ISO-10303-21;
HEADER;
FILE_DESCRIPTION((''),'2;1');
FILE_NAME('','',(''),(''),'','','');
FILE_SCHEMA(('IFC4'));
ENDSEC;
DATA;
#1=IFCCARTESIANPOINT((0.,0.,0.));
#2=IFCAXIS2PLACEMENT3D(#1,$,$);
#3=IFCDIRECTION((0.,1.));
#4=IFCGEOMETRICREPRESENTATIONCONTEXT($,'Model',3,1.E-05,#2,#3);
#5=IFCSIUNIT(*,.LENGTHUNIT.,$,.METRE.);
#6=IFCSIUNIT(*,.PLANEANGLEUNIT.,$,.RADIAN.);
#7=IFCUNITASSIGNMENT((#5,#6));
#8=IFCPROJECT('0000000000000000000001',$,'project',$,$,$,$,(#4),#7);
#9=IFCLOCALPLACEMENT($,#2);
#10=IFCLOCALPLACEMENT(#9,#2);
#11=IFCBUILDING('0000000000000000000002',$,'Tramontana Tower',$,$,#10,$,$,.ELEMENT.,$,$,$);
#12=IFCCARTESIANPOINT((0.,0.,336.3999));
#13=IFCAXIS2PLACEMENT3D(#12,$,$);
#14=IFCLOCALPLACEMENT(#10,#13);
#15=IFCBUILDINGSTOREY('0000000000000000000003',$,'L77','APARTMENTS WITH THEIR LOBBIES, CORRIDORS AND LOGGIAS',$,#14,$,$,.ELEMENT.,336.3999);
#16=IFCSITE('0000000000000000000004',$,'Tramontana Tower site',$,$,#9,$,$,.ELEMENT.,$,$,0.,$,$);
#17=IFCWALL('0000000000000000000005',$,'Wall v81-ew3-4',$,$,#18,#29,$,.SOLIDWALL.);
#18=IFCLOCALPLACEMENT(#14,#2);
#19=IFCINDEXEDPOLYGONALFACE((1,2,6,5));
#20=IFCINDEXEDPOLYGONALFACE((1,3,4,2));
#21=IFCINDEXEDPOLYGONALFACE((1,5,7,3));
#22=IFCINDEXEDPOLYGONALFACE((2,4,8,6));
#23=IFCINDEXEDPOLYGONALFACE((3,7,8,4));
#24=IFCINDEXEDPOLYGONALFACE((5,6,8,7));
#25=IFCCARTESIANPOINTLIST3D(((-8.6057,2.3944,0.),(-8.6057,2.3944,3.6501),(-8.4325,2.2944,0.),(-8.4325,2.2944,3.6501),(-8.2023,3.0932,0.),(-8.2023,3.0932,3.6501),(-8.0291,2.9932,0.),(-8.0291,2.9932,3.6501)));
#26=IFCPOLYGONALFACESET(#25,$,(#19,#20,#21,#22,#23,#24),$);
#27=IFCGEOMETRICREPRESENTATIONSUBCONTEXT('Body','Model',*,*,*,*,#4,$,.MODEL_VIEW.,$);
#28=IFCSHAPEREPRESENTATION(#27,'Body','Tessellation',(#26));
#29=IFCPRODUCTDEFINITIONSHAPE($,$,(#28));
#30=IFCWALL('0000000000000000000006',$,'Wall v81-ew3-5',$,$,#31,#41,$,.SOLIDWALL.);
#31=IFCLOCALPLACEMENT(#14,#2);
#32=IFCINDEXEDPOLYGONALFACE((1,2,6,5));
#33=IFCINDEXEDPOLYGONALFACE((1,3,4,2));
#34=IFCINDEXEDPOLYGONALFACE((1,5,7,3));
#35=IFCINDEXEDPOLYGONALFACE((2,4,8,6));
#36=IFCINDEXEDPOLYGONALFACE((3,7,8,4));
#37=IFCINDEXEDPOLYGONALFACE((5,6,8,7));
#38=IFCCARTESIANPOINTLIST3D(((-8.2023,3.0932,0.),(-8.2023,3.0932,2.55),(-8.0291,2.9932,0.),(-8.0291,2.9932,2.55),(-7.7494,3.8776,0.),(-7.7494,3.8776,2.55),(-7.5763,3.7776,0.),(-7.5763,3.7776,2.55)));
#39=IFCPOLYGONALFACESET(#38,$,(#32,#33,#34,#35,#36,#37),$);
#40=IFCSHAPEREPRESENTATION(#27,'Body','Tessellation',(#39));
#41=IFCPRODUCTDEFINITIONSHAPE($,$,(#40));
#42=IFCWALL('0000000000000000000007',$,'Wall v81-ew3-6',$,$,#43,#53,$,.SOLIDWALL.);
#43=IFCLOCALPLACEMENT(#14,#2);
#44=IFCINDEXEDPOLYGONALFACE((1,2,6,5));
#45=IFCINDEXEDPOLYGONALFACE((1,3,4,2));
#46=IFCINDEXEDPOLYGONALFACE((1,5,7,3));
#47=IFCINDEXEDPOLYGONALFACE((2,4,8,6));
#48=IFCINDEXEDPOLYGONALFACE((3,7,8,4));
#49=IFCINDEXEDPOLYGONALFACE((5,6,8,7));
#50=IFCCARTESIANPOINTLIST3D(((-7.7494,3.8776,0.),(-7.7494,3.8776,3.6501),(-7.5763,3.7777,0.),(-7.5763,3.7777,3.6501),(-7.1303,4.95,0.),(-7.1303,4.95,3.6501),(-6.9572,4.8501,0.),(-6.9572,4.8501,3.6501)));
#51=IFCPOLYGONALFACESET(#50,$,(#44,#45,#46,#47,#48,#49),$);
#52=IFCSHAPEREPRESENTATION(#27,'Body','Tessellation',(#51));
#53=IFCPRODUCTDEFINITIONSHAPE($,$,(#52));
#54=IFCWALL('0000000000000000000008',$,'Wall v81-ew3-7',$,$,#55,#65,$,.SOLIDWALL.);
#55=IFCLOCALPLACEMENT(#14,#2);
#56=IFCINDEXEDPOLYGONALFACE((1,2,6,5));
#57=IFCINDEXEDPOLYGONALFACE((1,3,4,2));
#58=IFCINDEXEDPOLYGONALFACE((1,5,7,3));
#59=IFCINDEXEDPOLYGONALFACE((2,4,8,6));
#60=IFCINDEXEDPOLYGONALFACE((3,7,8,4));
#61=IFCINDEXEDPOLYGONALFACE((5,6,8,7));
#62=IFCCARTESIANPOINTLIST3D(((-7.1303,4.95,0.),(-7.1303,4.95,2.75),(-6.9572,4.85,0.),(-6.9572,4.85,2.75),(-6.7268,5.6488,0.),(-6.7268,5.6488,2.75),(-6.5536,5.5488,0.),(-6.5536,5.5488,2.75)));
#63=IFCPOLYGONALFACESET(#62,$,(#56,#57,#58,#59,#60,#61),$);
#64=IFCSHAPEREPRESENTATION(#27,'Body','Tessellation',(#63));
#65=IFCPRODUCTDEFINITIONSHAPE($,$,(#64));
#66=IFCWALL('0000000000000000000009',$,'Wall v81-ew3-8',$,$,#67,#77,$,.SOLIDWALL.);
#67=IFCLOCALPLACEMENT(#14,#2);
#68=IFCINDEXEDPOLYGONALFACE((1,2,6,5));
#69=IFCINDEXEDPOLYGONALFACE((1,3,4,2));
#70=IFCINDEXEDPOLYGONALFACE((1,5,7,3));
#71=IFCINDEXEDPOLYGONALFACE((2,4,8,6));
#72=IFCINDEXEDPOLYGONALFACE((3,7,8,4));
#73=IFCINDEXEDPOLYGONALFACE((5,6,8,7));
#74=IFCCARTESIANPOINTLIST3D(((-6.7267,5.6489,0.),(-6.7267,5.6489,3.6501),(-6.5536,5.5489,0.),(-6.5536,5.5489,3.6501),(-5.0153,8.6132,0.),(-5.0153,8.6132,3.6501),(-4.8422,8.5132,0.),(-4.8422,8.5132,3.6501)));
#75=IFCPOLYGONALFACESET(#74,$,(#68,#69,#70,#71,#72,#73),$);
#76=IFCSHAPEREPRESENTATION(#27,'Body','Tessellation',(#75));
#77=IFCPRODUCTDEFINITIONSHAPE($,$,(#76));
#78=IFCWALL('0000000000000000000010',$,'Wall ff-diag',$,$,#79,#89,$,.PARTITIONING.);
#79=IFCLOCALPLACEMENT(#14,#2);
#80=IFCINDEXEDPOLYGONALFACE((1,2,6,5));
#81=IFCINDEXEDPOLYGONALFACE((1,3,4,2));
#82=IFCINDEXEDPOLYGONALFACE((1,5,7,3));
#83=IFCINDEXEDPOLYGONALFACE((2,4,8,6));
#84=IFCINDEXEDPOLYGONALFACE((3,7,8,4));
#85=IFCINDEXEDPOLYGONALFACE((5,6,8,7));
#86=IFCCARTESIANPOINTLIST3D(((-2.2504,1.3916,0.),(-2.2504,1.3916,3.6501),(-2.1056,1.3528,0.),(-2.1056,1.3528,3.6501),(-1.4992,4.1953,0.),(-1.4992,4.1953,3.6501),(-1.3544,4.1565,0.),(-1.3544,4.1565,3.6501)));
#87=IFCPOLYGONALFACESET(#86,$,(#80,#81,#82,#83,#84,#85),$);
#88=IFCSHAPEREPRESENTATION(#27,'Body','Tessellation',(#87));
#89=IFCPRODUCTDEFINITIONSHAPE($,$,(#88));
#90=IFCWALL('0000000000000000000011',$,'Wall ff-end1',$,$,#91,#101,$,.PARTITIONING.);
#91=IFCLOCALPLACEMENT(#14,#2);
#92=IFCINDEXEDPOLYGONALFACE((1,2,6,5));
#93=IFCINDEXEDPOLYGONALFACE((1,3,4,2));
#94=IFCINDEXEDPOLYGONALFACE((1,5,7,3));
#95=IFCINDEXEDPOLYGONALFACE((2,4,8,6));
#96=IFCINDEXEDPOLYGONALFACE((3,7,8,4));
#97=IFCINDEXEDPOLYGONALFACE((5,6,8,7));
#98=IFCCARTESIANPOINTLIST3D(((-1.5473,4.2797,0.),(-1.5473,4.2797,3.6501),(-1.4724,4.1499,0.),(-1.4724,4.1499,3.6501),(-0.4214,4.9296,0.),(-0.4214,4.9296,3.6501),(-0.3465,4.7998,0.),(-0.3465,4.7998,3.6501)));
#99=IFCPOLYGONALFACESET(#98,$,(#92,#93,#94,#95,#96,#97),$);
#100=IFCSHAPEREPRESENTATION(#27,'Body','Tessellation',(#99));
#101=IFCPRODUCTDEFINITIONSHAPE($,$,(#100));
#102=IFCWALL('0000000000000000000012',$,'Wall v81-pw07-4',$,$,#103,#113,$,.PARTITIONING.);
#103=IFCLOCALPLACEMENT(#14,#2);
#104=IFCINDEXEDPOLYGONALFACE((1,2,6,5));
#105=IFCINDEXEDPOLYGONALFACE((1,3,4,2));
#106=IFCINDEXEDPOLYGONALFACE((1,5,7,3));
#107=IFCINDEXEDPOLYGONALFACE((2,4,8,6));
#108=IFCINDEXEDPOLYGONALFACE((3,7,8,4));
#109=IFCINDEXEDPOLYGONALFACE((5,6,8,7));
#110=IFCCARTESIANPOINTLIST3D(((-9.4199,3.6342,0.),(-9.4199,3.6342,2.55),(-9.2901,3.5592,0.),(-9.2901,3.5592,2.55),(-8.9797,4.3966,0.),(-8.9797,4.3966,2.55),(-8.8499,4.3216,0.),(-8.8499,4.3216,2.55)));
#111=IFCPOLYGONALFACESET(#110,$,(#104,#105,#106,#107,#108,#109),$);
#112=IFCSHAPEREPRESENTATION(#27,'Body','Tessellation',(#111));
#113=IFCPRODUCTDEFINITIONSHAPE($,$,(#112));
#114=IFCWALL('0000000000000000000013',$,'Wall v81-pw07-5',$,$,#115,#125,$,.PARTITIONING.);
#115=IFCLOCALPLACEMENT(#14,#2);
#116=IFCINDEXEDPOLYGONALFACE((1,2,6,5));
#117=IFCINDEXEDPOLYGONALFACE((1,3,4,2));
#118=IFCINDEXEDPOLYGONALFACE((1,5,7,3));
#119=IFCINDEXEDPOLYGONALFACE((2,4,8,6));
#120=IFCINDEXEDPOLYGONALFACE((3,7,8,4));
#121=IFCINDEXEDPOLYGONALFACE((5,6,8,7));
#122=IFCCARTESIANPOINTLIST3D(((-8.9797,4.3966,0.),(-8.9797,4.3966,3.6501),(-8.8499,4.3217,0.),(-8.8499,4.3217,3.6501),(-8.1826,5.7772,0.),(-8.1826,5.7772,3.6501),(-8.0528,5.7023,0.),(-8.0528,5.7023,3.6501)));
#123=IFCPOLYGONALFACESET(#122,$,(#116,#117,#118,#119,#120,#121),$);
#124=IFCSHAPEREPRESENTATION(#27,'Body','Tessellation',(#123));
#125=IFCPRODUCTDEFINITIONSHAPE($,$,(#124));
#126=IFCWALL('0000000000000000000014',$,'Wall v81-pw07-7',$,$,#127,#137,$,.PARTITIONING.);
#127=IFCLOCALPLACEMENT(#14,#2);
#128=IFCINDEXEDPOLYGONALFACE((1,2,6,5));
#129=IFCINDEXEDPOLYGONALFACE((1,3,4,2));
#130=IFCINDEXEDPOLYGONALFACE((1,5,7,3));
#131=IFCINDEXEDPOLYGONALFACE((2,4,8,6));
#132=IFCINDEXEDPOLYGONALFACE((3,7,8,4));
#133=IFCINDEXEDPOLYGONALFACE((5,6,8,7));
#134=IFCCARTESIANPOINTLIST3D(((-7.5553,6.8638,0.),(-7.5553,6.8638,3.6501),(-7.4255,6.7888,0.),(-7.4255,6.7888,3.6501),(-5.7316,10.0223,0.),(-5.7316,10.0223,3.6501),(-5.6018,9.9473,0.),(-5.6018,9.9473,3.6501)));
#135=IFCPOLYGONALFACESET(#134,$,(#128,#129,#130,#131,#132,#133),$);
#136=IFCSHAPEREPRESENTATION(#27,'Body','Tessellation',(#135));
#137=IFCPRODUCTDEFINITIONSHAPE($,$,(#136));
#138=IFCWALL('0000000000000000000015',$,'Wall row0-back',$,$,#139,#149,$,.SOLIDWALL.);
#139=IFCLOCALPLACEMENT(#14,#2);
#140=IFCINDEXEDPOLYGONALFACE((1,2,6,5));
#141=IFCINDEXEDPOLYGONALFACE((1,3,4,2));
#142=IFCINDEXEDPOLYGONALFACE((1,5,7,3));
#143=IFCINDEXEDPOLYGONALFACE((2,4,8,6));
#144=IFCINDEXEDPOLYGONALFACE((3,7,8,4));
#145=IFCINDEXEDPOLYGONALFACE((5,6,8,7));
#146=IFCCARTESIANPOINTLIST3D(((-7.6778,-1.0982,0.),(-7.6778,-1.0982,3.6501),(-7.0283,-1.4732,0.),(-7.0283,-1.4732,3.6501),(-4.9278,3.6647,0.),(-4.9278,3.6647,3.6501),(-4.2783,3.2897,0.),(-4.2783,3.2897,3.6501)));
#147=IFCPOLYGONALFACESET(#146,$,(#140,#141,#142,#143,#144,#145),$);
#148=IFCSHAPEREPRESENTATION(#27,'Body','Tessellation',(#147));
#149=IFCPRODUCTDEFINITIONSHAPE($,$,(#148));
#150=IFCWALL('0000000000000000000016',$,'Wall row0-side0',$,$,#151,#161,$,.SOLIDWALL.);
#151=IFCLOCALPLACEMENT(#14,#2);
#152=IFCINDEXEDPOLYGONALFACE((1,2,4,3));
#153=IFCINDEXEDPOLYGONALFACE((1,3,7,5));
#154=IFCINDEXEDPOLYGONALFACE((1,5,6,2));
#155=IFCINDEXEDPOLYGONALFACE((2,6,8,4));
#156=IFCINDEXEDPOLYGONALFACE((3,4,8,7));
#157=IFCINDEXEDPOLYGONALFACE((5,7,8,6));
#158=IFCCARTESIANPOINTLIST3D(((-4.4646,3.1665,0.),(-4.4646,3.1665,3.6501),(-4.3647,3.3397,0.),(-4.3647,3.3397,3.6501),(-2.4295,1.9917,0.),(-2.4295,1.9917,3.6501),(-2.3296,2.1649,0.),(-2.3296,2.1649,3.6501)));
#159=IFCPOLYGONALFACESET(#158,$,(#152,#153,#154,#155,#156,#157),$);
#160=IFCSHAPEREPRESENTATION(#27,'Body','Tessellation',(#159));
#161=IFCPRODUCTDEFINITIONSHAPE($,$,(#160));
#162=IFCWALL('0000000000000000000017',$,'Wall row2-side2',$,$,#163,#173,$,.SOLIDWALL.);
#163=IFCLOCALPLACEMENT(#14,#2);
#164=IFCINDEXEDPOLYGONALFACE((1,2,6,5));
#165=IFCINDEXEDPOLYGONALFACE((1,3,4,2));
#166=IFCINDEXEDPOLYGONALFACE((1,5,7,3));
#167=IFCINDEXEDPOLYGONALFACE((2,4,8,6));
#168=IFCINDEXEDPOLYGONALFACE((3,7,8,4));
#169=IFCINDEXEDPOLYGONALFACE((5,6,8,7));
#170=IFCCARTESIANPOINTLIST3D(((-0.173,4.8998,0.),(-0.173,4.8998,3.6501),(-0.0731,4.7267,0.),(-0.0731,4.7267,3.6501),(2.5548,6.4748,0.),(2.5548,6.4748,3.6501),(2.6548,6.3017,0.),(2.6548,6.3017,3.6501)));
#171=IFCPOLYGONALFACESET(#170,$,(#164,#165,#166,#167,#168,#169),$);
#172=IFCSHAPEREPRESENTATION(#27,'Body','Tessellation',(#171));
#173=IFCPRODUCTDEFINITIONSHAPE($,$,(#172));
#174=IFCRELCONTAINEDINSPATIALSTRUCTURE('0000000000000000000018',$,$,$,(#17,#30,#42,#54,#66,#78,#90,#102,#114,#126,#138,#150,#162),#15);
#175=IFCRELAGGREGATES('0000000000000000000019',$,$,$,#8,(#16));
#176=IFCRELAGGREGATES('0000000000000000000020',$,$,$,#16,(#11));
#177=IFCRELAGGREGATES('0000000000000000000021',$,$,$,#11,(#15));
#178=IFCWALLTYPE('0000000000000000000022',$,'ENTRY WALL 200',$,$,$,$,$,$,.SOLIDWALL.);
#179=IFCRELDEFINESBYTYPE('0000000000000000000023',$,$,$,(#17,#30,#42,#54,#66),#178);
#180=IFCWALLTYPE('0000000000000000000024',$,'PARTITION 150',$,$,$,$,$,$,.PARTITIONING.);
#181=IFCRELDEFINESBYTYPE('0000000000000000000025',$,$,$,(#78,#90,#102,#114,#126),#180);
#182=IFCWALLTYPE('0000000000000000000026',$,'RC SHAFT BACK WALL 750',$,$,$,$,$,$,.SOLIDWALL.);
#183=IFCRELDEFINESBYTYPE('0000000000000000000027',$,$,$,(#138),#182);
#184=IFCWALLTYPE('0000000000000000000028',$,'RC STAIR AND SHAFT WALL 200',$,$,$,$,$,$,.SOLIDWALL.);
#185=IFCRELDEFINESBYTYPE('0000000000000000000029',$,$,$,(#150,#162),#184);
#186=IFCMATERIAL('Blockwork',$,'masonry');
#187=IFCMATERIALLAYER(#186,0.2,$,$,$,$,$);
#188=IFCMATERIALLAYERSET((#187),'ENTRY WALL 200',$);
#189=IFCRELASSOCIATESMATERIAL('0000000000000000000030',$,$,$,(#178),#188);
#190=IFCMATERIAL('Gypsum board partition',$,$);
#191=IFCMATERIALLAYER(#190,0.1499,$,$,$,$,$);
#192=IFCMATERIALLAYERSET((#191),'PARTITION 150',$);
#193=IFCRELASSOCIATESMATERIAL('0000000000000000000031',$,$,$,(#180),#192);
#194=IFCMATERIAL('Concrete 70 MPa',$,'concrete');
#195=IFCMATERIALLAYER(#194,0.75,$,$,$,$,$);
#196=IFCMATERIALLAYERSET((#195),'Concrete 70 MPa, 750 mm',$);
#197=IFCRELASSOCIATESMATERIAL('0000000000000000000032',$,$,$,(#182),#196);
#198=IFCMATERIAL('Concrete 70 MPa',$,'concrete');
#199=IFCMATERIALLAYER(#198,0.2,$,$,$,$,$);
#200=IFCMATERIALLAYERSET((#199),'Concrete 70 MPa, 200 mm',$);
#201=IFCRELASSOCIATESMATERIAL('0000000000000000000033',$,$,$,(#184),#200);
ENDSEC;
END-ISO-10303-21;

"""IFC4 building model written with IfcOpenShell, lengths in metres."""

from ifc_helpers import new_model, si_unit, direction, frame, frame_2d, origin, place, context, subcontext, project, spatial, rectangle, extrude, material, layer, layer_set, type_object, element, save


model = new_model("IFC4")

# Units and contexts
model_context = context("Model", 3, precision=1e-05, world=origin(), true_north=direction((0.0, 1.0)))
body_context = subcontext(model_context, "Body", "Model", "MODEL_VIEW")
ifc_project = project(units=[si_unit("LENGTHUNIT", "METRE"), si_unit("PLANEANGLEUNIT", "RADIAN")], contexts=[model_context])

# Site, building, storey
site_placement = place(None, origin())
site = spatial("IfcSite", under=ifc_project, at=site_placement, Name="Tramontana Tower site", CompositionType="ELEMENT", RefElevation=0.0)
building_placement = place(site_placement, origin())
building = spatial("IfcBuilding", under=site, at=building_placement, Name="Tramontana Tower", CompositionType="ELEMENT")
storey_placement = place(building_placement, frame((0.0, 0.0, 336.3999)))
storey = spatial("IfcBuildingStorey", under=building, at=storey_placement, Name="L77", Description="APARTMENTS WITH THEIR LOBBIES, CORRIDORS AND LOGGIAS", CompositionType="ELEMENT", Elevation=336.3999)

# Shared definitions
ifc_material_1 = material(Name="Blockwork", Category="masonry")
ifc_layer_1 = layer(ifc_material_1, 0.2)
ifc_layer_set_1 = layer_set([ifc_layer_1], Name="ENTRY WALL 200")
wall_type_1 = type_object("IfcWallType", Name="ENTRY WALL 200", PredefinedType="SOLIDWALL", material=ifc_layer_set_1)

# Walls
wall_1_placement = place(storey_placement, frame((-8.519, 2.3445, 0.0), z_axis=(0.0, 0.0, 1.0), x_axis=(0.499915, 0.866075, 0.0)))
element("IfcWall", 1, at=wall_1_placement, inside=storey, type_object=wall_type_1, Name="Wall v81-ew3-4", PredefinedType="SOLIDWALL", context=body_context, shape_type="SweptSolid", body=[
    extrude(rectangle(XDim=0.8069, YDim=0.2, at=frame_2d((0.4033, 0.0))), origin(), (0.0, 0.0, 1.0), 3.6501),
])
wall_2_placement = place(storey_placement, frame((-8.1157, 3.0432, 0.0), z_axis=(0.0, 0.0, 1.0), x_axis=(0.499995, 0.866028, 0.0)))
element("IfcWall", 2, at=wall_2_placement, inside=storey, type_object=wall_type_1, Name="Wall v81-ew3-5", PredefinedType="SOLIDWALL", context=body_context, shape_type="SweptSolid", body=[
    extrude(rectangle(XDim=0.9058, YDim=0.2, at=frame_2d((0.4529, 0.0))), origin(), (0.0, 0.0, 1.0), 2.55),
])
wall_3_placement = place(storey_placement, frame((-7.6628, 3.8276, 0.0), z_axis=(0.0, 0.0, 1.0), x_axis=(0.499956, 0.866051, 0.0)))
element("IfcWall", 3, at=wall_3_placement, inside=storey, type_object=wall_type_1, Name="Wall v81-ew3-6", PredefinedType="SOLIDWALL", context=body_context, shape_type="SweptSolid", body=[
    extrude(rectangle(XDim=1.2383, YDim=0.2, at=frame_2d((0.6191, 0.0))), origin(), (0.0, 0.0, 1.0), 3.6501),
])
wall_4_placement = place(storey_placement, frame((-7.0437, 4.9001, 0.0), z_axis=(0.0, 0.0, 1.0), x_axis=(0.500141, 0.865944, 0.0)))
element("IfcWall", 4, at=wall_4_placement, inside=storey, type_object=wall_type_1, Name="Wall v81-ew3-7", PredefinedType="SOLIDWALL", context=body_context, shape_type="SweptSolid", body=[
    extrude(rectangle(XDim=0.8069, YDim=0.2, at=frame_2d((0.4033, 0.0))), origin(), (0.0, 0.0, 1.0), 2.75),
])
wall_5_placement = place(storey_placement, frame((-6.6401, 5.5989, 0.0), z_axis=(0.0, 0.0, 1.0), x_axis=(0.49999, 0.866031, 0.0)))
element("IfcWall", 5, at=wall_5_placement, inside=storey, type_object=wall_type_1, Name="Wall v81-ew3-8", PredefinedType="SOLIDWALL", context=body_context, shape_type="SweptSolid", body=[
    extrude(rectangle(XDim=3.4229, YDim=0.2, at=frame_2d((1.7114, 0.0))), origin(), (0.0, 0.0, 1.0), 3.6501),
])
ifc_material_2 = material(Name="Gypsum board partition")
ifc_layer_2 = layer(ifc_material_2, 0.1499)
ifc_layer_set_2 = layer_set([ifc_layer_2], Name="PARTITION 150")
wall_type_2 = type_object("IfcWallType", Name="PARTITION 150", PredefinedType="PARTITIONING", material=ifc_layer_set_2)
wall_6_placement = place(storey_placement, frame((-2.178, 1.3723, 0.0), z_axis=(0.0, 0.0, 1.0), x_axis=(0.258809, 0.965929, 0.0)))
element("IfcWall", 6, at=wall_6_placement, inside=storey, type_object=wall_type_2, Name="Wall ff-diag", PredefinedType="PARTITIONING", context=body_context, shape_type="SweptSolid", body=[
    extrude(rectangle(XDim=2.9026, YDim=0.1499, at=frame_2d((1.4512, 0.0))), origin(), (0.0, 0.0, 1.0), 3.6501),
])
wall_7_placement = place(storey_placement, frame((-1.5098, 4.2148, 0.0), z_axis=(0.0, 0.0, 1.0), x_axis=(0.866086, 0.499896, 0.0)))
element("IfcWall", 7, at=wall_7_placement, inside=storey, type_object=wall_type_2, Name="Wall ff-end1", PredefinedType="PARTITIONING", context=body_context, shape_type="SweptSolid", body=[
    extrude(rectangle(XDim=1.3, YDim=0.1499, at=frame_2d((0.6499, 0.0))), origin(), (0.0, 0.0, 1.0), 3.6501),
])
wall_8_placement = place(storey_placement, frame((-9.355, 3.5967, 0.0), z_axis=(0.0, 0.0, 1.0), x_axis=(0.499987, 0.866033, 0.0)))
element("IfcWall", 8, at=wall_8_placement, inside=storey, type_object=wall_type_2, Name="Wall v81-pw07-4", PredefinedType="PARTITIONING", context=body_context, shape_type="SweptSolid", body=[
    extrude(rectangle(XDim=0.8804, YDim=0.1499, at=frame_2d((0.4402, 0.0))), origin(), (0.0, 0.0, 1.0), 2.55),
])
wall_9_placement = place(storey_placement, frame((-8.9148, 4.3591, 0.0), z_axis=(0.0, 0.0, 1.0), x_axis=(0.50001, 0.86602, 0.0)))
element("IfcWall", 9, at=wall_9_placement, inside=storey, type_object=wall_type_2, Name="Wall v81-pw07-5", PredefinedType="PARTITIONING", context=body_context, shape_type="SweptSolid", body=[
    extrude(rectangle(XDim=1.5942, YDim=0.1499, at=frame_2d((0.7971, 0.0))), origin(), (0.0, 0.0, 1.0), 3.6501),
])

# Walls
wall_10_placement = place(storey_placement, frame((-7.4905, 6.8262, 0.0), z_axis=(0.0, 0.0, 1.0), x_axis=(0.500041, 0.866002, 0.0)))
element("IfcWall", 10, at=wall_10_placement, inside=storey, type_object=wall_type_2, Name="Wall v81-pw07-7", PredefinedType="PARTITIONING", context=body_context, shape_type="SweptSolid", body=[
    extrude(rectangle(XDim=3.6472, YDim=0.1499, at=frame_2d((1.8237, 0.0))), origin(), (0.0, 0.0, 1.0), 3.6501),
])
ifc_material_3 = material(Name="Concrete 70 MPa", Category="concrete")
ifc_layer_3 = layer(ifc_material_3, 0.75)
ifc_layer_set_3 = layer_set([ifc_layer_3], Name="Concrete 70 MPa, 750 mm")
wall_type_3 = type_object("IfcWallType", Name="RC SHAFT BACK WALL 750", PredefinedType="SOLIDWALL", material=ifc_layer_set_3)
wall_11_placement = place(storey_placement, frame((-4.603, 3.4773, 0.0), z_axis=(0.0, 0.0, 1.0), x_axis=(-0.500016, -0.866016, 0.0)))
element("IfcWall", 11, at=wall_11_placement, inside=storey, type_object=wall_type_3, Name="Wall row0-back", PredefinedType="SOLIDWALL", context=body_context, shape_type="SweptSolid", body=[
    extrude(rectangle(XDim=5.4998, YDim=0.75, at=frame_2d((2.75, 0.0))), origin(), (0.0, 0.0, 1.0), 3.6501),
])

# Shared definitions
ifc_material_4 = material(Name="Concrete 70 MPa", Category="concrete")
ifc_layer_4 = layer(ifc_material_4, 0.2)
ifc_layer_set_4 = layer_set([ifc_layer_4], Name="Concrete 70 MPa, 200 mm")
wall_type_4 = type_object("IfcWallType", Name="RC STAIR AND SHAFT WALL 200", PredefinedType="SOLIDWALL", material=ifc_layer_set_4)

# Walls
wall_12_placement = place(storey_placement, frame((-2.3796, 2.0784, 0.0), z_axis=(0.0, 0.0, 1.0), x_axis=(-0.866061, 0.499938, 0.0)))
element("IfcWall", 12, at=wall_12_placement, inside=storey, type_object=wall_type_4, Name="Wall row0-side0", PredefinedType="SOLIDWALL", context=body_context, shape_type="SweptSolid", body=[
    extrude(rectangle(XDim=2.3499, YDim=0.2, at=frame_2d((1.1748, 0.0))), origin(), (0.0, 0.0, 1.0), 3.6501),
])
wall_13_placement = place(storey_placement, frame((-0.123, 4.8132, 0.0), z_axis=(0.0, 0.0, 1.0), x_axis=(0.866016, 0.500015, 0.0)))
element("IfcWall", 13, at=wall_13_placement, inside=storey, type_object=wall_type_4, Name="Wall row2-side2", PredefinedType="SOLIDWALL", context=body_context, shape_type="SweptSolid", body=[
    extrude(rectangle(XDim=3.1499, YDim=0.2, at=frame_2d((1.575, 0.0))), origin(), (0.0, 0.0, 1.0), 3.6501),
])

save(model, "model.ifc")
